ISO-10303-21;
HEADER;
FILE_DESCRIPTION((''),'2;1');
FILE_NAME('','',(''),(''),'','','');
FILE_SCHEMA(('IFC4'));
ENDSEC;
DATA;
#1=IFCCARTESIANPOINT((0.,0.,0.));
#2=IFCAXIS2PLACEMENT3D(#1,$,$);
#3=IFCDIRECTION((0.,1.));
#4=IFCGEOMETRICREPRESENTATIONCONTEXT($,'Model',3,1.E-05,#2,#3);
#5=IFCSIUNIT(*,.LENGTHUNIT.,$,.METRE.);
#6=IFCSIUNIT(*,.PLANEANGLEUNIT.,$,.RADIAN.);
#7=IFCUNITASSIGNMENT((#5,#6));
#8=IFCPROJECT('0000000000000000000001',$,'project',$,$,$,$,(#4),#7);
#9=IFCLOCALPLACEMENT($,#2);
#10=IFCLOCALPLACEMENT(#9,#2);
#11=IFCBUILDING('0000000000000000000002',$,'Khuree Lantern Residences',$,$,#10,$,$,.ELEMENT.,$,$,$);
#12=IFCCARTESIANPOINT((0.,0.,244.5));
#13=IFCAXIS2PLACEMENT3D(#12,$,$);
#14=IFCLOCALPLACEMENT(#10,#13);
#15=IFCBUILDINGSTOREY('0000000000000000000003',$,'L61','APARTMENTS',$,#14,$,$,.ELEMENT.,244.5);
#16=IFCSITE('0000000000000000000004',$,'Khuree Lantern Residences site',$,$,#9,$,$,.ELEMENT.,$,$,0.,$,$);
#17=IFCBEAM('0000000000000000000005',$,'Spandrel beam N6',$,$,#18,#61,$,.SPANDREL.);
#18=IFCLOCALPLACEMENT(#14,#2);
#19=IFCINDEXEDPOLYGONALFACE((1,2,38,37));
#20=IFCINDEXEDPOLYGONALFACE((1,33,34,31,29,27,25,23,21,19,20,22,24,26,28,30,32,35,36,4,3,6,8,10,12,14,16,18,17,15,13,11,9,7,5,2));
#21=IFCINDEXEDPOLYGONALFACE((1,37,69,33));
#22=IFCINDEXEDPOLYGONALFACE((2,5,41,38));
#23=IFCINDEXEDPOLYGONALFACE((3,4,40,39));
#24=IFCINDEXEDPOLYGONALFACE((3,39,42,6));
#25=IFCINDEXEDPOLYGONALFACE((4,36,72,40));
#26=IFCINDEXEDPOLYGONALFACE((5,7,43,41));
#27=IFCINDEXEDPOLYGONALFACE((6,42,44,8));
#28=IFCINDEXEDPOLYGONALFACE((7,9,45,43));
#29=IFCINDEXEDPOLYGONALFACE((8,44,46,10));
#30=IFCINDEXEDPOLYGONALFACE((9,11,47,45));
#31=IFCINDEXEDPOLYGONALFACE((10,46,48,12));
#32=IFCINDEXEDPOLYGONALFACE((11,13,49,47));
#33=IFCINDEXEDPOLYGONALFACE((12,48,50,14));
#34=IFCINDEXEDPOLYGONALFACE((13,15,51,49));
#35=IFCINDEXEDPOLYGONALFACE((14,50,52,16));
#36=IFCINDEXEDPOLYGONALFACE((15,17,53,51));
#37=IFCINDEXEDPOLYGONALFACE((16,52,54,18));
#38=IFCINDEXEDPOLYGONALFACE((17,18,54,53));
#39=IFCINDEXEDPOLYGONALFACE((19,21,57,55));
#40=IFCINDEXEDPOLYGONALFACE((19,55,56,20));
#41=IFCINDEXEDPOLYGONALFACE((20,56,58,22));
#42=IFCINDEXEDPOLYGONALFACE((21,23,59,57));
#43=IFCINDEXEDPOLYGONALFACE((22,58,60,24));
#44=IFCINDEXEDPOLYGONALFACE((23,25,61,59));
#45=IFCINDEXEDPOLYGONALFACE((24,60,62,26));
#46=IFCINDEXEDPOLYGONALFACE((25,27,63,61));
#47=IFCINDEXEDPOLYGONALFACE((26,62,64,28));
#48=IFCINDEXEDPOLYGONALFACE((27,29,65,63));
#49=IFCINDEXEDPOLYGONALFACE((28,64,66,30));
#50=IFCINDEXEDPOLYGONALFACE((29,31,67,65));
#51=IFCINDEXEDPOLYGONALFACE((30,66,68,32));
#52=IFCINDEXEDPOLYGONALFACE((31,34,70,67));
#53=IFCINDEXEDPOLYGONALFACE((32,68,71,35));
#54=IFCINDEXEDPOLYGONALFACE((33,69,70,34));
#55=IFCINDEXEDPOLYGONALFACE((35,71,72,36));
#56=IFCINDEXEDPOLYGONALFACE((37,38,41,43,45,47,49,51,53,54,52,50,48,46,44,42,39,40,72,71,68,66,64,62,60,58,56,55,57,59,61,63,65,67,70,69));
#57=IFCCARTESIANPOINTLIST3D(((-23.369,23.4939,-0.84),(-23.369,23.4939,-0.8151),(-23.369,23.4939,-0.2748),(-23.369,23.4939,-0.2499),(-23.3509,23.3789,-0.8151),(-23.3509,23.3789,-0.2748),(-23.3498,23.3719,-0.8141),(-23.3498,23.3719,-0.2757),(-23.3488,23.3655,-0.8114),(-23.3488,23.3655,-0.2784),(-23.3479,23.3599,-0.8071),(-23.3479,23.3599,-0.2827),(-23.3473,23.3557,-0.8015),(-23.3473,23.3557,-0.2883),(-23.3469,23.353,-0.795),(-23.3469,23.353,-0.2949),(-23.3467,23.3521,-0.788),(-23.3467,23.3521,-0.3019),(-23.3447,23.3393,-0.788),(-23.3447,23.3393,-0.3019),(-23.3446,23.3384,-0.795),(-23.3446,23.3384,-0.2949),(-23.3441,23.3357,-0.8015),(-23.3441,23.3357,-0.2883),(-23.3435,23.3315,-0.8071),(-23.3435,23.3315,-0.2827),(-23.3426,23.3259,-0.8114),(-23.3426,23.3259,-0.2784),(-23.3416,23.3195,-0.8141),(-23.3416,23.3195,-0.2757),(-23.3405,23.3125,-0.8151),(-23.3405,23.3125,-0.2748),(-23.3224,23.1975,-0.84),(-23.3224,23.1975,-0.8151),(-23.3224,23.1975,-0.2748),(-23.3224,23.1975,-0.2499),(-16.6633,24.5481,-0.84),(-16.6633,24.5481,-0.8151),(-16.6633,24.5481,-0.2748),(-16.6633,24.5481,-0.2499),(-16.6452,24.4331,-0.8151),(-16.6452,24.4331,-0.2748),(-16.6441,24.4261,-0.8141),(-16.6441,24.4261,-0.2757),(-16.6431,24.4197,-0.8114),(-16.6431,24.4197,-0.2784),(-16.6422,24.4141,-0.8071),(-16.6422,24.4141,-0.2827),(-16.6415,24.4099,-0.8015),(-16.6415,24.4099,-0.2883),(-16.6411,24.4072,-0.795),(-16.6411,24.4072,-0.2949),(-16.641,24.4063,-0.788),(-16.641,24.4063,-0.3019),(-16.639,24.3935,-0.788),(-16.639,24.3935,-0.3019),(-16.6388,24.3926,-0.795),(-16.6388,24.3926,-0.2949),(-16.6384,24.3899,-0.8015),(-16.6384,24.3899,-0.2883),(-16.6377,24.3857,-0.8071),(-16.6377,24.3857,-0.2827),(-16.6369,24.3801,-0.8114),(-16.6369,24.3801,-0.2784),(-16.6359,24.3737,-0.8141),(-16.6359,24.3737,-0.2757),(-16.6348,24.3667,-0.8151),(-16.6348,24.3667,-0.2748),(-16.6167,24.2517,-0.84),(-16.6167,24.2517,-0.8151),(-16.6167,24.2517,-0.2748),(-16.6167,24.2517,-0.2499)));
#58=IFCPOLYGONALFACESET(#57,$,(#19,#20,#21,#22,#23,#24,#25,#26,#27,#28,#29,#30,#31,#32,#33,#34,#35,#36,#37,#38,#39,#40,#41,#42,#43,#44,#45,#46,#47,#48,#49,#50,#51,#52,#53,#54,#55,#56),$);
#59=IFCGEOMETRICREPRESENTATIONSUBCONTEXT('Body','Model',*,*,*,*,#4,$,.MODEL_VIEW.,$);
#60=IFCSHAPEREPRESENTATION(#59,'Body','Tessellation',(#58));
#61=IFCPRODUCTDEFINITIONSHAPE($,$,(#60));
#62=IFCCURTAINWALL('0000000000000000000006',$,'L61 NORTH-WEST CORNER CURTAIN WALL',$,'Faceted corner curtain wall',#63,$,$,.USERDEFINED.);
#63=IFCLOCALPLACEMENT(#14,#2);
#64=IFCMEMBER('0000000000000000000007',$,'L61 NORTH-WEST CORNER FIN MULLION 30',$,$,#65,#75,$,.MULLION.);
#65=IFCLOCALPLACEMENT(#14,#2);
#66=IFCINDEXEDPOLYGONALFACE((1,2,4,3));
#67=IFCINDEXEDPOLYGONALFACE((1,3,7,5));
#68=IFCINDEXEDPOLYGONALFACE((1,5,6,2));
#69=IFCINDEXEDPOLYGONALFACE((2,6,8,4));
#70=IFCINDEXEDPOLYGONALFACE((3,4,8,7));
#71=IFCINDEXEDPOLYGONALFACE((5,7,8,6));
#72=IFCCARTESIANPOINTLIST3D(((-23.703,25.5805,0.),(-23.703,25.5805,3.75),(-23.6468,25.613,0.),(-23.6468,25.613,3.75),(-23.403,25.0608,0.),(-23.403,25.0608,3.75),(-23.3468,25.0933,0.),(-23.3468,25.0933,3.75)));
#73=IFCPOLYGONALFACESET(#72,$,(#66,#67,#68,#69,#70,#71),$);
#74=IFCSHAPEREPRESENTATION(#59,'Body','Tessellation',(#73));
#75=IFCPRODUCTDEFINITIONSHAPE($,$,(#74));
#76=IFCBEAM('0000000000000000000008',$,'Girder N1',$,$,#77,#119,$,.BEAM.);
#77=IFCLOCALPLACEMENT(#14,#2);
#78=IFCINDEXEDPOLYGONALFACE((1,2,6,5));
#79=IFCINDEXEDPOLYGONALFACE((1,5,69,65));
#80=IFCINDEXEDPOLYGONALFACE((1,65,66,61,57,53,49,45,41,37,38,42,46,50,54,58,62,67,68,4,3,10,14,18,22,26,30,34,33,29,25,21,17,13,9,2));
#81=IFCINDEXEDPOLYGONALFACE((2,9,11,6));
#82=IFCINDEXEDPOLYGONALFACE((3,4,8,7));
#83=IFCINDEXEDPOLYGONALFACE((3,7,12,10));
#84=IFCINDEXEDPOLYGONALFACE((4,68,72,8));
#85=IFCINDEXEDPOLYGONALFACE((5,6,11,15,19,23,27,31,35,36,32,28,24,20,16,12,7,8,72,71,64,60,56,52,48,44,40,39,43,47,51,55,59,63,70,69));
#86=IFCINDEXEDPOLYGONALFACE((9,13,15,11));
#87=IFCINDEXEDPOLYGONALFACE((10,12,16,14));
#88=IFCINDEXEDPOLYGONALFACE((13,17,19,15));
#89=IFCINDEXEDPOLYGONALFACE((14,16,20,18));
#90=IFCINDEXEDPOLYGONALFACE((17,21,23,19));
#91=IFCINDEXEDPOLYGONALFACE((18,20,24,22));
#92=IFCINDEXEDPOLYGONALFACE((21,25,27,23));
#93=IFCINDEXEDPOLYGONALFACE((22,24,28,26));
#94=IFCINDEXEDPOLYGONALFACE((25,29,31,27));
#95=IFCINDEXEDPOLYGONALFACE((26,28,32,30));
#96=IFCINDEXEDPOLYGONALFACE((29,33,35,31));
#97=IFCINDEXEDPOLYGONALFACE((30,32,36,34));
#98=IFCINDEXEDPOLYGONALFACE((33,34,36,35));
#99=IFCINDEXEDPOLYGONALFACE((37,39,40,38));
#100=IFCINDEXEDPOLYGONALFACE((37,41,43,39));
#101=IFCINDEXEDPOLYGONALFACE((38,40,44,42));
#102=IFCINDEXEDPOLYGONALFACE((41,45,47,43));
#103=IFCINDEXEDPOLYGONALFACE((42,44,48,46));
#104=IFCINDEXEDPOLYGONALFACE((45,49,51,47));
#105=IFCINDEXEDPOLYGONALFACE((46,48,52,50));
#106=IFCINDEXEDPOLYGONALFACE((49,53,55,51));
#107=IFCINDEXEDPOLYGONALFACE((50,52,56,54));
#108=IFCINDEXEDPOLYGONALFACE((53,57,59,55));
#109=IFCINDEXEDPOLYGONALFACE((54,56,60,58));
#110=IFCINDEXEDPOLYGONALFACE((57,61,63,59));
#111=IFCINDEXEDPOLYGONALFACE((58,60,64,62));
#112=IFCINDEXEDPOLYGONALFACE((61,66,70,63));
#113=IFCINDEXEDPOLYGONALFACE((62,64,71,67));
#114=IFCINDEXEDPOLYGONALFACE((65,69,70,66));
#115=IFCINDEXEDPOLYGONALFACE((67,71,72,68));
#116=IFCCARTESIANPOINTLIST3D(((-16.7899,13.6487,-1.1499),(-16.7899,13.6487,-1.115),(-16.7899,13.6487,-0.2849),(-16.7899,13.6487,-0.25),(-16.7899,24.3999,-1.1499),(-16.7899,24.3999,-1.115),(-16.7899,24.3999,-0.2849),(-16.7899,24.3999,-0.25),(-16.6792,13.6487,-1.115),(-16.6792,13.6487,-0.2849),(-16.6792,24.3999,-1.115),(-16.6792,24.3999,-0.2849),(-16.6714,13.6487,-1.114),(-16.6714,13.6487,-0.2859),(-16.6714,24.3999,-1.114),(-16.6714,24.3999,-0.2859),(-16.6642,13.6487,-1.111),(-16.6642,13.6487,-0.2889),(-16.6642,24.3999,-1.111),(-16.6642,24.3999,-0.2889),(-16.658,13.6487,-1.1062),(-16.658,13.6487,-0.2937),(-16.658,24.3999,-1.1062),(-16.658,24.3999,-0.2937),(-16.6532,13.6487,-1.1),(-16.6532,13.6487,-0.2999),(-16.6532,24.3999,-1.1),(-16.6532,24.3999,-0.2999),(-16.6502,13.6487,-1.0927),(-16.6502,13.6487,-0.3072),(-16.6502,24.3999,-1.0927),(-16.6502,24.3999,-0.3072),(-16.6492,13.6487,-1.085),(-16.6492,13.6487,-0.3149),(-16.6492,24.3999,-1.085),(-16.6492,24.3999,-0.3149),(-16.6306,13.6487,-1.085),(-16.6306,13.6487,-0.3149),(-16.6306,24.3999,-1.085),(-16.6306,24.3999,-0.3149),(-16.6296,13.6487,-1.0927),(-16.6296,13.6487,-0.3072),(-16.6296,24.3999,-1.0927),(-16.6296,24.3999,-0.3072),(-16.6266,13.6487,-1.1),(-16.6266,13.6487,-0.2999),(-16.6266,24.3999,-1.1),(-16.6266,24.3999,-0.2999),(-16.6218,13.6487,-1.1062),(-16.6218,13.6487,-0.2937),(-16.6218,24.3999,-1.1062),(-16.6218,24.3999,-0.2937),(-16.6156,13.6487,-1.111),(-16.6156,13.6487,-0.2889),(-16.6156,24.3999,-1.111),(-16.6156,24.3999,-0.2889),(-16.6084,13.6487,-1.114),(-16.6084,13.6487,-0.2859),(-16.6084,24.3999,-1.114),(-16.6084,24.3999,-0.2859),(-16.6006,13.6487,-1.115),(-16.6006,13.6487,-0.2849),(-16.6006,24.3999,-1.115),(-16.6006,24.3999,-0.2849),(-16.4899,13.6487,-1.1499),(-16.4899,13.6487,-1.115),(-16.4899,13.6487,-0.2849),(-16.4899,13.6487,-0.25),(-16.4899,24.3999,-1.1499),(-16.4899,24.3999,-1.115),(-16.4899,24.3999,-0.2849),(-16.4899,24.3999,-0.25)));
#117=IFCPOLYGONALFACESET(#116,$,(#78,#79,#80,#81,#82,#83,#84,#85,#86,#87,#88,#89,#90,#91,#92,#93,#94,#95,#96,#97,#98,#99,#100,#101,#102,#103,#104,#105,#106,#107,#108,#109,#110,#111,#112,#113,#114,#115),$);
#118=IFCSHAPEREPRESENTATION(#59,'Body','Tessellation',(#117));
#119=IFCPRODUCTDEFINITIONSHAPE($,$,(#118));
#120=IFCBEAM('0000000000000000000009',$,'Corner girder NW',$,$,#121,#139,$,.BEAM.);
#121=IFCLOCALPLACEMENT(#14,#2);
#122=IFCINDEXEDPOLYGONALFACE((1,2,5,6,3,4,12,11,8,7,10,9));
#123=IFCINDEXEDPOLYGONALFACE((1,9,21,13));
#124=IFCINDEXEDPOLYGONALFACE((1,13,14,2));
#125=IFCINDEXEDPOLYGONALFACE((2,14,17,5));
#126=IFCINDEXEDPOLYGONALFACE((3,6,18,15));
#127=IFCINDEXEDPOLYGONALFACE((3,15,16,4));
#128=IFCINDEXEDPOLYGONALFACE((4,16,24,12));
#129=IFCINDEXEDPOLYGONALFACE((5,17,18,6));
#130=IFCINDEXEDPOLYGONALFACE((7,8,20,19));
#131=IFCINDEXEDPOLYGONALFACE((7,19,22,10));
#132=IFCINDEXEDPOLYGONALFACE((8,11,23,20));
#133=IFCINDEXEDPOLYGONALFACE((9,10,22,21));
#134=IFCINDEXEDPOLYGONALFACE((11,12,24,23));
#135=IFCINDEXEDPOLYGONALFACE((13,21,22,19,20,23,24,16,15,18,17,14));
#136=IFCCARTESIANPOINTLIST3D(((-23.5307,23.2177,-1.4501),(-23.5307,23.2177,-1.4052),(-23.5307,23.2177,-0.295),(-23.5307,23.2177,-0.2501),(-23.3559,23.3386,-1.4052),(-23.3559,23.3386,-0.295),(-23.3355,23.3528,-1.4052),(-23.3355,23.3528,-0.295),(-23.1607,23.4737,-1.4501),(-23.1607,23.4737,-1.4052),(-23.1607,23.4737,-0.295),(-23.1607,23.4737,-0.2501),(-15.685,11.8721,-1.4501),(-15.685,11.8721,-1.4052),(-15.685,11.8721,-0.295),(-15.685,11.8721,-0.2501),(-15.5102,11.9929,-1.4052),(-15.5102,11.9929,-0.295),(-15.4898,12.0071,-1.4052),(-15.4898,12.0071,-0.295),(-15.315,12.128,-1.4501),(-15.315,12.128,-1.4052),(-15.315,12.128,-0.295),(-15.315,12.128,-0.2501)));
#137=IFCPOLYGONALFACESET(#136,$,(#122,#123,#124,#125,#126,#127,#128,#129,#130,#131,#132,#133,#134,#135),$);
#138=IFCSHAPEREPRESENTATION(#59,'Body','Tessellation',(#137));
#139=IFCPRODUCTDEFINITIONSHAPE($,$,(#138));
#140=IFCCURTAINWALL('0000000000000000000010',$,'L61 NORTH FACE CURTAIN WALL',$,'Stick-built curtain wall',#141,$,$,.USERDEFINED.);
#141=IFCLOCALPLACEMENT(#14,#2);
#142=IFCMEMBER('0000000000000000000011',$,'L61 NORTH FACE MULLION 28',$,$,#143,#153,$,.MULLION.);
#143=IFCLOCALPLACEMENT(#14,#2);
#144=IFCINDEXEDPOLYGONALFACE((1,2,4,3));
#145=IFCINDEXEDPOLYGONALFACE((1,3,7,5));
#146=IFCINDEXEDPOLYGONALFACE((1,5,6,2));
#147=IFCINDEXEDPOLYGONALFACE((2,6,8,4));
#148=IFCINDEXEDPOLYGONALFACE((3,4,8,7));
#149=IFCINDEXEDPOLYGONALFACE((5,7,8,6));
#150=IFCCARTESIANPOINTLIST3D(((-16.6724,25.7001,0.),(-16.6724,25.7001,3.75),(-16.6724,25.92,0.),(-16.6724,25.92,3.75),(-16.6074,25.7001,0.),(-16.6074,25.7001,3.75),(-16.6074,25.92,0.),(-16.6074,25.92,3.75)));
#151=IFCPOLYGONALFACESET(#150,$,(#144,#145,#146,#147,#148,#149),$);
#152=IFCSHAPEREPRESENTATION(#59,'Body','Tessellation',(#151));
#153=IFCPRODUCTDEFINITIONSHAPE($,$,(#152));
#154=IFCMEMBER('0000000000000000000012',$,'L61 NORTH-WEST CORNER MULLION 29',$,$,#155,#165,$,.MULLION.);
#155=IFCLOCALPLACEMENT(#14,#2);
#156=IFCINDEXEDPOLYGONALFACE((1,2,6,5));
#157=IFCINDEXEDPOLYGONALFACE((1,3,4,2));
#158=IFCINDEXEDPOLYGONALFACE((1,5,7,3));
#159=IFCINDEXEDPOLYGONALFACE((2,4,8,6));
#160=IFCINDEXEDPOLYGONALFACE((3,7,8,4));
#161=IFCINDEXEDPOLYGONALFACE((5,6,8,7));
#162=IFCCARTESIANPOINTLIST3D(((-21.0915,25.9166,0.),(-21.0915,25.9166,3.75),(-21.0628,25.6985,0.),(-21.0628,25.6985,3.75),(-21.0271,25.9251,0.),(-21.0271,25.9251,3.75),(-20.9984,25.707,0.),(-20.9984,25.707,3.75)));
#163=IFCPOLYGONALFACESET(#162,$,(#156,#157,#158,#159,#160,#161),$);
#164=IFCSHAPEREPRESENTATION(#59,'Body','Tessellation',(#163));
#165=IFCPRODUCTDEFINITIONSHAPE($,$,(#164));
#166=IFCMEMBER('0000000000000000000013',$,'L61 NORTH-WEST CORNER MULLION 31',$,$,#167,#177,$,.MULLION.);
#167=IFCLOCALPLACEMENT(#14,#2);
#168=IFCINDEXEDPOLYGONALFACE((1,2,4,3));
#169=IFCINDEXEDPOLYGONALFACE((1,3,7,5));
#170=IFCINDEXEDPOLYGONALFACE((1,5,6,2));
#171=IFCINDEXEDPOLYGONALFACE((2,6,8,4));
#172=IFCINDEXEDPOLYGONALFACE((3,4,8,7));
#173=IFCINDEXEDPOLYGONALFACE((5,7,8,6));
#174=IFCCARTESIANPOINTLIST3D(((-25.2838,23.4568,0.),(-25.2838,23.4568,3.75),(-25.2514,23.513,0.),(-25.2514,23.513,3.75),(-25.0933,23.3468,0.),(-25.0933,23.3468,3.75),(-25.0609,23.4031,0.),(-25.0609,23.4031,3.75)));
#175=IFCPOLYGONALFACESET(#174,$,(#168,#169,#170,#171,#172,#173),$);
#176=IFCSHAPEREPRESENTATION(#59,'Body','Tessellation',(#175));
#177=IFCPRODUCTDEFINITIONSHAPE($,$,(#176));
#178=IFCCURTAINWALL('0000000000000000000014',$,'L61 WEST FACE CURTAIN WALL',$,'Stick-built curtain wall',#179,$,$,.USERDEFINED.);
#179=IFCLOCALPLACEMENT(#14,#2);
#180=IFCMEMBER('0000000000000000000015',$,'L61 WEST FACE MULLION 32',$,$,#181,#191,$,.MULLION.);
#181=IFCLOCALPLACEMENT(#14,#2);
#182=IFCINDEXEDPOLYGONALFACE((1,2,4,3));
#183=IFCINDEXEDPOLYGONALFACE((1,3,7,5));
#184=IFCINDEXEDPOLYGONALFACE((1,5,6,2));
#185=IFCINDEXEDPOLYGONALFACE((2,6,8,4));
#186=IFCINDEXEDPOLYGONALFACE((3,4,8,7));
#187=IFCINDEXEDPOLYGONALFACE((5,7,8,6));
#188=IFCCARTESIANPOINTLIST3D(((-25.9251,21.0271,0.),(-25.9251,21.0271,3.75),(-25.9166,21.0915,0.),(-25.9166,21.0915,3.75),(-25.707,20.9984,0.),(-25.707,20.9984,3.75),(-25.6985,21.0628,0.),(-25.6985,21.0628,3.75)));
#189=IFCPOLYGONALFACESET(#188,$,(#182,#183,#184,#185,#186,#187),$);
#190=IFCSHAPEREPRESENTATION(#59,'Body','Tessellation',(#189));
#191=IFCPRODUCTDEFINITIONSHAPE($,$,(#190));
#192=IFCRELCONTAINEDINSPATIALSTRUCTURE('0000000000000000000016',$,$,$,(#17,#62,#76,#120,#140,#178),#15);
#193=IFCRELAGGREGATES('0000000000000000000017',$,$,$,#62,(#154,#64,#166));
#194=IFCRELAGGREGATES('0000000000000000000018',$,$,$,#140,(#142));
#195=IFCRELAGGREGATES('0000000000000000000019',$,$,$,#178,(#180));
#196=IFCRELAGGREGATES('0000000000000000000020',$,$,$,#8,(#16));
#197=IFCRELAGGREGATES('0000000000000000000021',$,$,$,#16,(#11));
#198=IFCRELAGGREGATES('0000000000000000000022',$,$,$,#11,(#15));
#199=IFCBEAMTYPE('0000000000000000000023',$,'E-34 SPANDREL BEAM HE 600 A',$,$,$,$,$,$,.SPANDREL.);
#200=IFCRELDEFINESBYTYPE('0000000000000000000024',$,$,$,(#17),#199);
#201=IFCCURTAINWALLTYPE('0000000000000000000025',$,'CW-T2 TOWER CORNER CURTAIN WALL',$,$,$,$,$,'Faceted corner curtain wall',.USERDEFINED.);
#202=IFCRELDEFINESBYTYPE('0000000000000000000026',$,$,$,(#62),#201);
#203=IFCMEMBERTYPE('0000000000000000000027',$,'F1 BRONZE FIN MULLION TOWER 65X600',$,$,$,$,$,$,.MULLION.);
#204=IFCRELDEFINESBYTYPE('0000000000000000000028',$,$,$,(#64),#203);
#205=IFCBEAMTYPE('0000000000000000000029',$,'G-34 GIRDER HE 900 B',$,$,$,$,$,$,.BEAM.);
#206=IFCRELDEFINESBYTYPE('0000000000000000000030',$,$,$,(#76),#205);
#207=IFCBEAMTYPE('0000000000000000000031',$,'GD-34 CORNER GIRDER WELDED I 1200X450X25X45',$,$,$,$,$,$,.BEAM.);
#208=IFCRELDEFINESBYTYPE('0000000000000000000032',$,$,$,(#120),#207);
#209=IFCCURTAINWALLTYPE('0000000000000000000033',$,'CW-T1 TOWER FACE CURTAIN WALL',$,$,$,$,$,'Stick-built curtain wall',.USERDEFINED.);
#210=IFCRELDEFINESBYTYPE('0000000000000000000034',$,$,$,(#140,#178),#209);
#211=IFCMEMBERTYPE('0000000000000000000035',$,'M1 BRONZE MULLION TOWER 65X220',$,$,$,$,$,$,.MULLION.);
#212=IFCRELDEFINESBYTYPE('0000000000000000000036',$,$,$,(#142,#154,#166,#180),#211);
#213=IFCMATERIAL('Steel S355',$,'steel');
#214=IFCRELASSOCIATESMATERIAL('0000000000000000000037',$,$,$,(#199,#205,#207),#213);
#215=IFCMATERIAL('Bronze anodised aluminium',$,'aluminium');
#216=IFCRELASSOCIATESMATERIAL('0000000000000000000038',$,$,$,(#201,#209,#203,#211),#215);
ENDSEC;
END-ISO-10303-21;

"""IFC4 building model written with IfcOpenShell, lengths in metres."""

from ifc_helpers import new_model, si_unit, direction, frame, origin, origin_2d, place, context, subcontext, project, spatial, rectangle, i_section, extrude, material, material_profile, profile_set, type_object, element, aggregate, save


model = new_model("IFC4")

# Units and contexts
model_context = context("Model", 3, precision=1e-05, world=origin(), true_north=direction((0.0, 1.0)))
body_context = subcontext(model_context, "Body", "Model", "MODEL_VIEW")
ifc_project = project(units=[si_unit("LENGTHUNIT", "METRE"), si_unit("PLANEANGLEUNIT", "RADIAN")], contexts=[model_context])

# Site, building, storey
site_placement = place(None, origin())
site = spatial("IfcSite", under=ifc_project, at=site_placement, Name="Khuree Lantern Residences site", CompositionType="ELEMENT", RefElevation=0.0)
building_placement = place(site_placement, origin())
building = spatial("IfcBuilding", under=site, at=building_placement, Name="Khuree Lantern Residences", CompositionType="ELEMENT")
storey_placement = place(building_placement, frame((0.0, 0.0, 244.5)))
storey = spatial("IfcBuildingStorey", under=building, at=storey_placement, Name="L61", Description="APARTMENTS", CompositionType="ELEMENT", Elevation=244.5)

# Beam
ifc_material_1 = material(Name="Steel S355", Category="steel")
ifc_material_profile_1 = material_profile(ifc_material_1, i_section(OverallWidth=0.3, OverallDepth=0.5901, WebThickness=0.0129, FlangeThickness=0.0249, FilletRadius=0.0271, at=origin_2d()), Name="HE 600 A")
ifc_profile_set_1 = profile_set([ifc_material_profile_1], Name="Steel S355")
beam_type_1 = type_object("IfcBeamType", Name="E-34 SPANDREL BEAM HE 600 A", PredefinedType="SPANDREL", material=ifc_profile_set_1)
beam_1_placement = place(storey_placement, frame((-23.3457, 23.3457, -0.5449), z_axis=(0.987867, 0.1553, 0.0), x_axis=(-0.1553, 0.987867, 0.0)))
element("IfcBeam", 1, at=beam_1_placement, inside=storey, type_object=beam_type_1, Name="Spandrel beam N6", PredefinedType="SPANDREL", context=body_context, shape_type="SweptSolid", body=[
    extrude(i_section(OverallWidth=0.3, OverallDepth=0.5901, WebThickness=0.0129, FlangeThickness=0.0249, FilletRadius=0.0271, at=origin_2d()), origin(), (0.0, 0.0, 1.0), 6.7881),
])

# Curtain wall, member
ifc_material_2 = material(Name="Bronze anodised aluminium", Category="aluminium")
curtain_wall_type_1 = type_object("IfcCurtainWallType", Name="CW-T2 TOWER CORNER CURTAIN WALL", ElementType="Faceted corner curtain wall", PredefinedType="USERDEFINED", material=ifc_material_2)
curtain_wall_1_placement = place(storey_placement, origin())
curtain_wall_1 = element("IfcCurtainWall", 2, at=curtain_wall_1_placement, inside=storey, type_object=curtain_wall_type_1, Name="L61 NORTH-WEST CORNER CURTAIN WALL", ObjectType="Faceted corner curtain wall", PredefinedType="USERDEFINED")
ifc_material_profile_2 = material_profile(ifc_material_2, rectangle(XDim=0.0649, YDim=0.6001, at=origin_2d()), Name="F1 65X600")
ifc_profile_set_2 = profile_set([ifc_material_profile_2], Name="Bronze anodised aluminium")
member_type_1 = type_object("IfcMemberType", Name="F1 BRONZE FIN MULLION TOWER 65X600", PredefinedType="MULLION", material=ifc_profile_set_2)
member_1_placement = place(storey_placement, frame((-23.5249, 25.3369, 0.0), z_axis=(0.0, 0.0, 1.0), x_axis=(-0.866025, -0.5, 0.0)))
member_1 = element("IfcMember", 3, at=member_1_placement, type_object=member_type_1, Name="L61 NORTH-WEST CORNER FIN MULLION 30", PredefinedType="MULLION", context=body_context, shape_type="SweptSolid", body=[
    extrude(rectangle(XDim=0.0649, YDim=0.6001, at=origin_2d()), origin(), (0.0, 0.0, 1.0), 3.75),
])

# Beams
ifc_material_profile_3 = material_profile(ifc_material_1, i_section(OverallWidth=0.3, OverallDepth=0.8999, WebThickness=0.0186, FlangeThickness=0.0349, FilletRadius=0.03, at=origin_2d()), Name="HE 900 B")
ifc_profile_set_3 = profile_set([ifc_material_profile_3], Name="Steel S355")
beam_type_2 = type_object("IfcBeamType", Name="G-34 GIRDER HE 900 B", PredefinedType="BEAM", material=ifc_profile_set_3)
beam_2_placement = place(storey_placement, frame((-16.6399, 24.3999, -0.7), z_axis=(0.0, -1.0, 0.0), x_axis=(1.0, 0.0, 0.0)))
element("IfcBeam", 4, at=beam_2_placement, inside=storey, type_object=beam_type_2, Name="Girder N1", PredefinedType="BEAM", context=body_context, shape_type="SweptSolid", body=[
    extrude(i_section(OverallWidth=0.3, OverallDepth=0.8999, WebThickness=0.0186, FlangeThickness=0.0349, FilletRadius=0.03, at=origin_2d()), origin(), (0.0, 0.0, 1.0), 10.7512),
])
ifc_material_profile_4 = material_profile(ifc_material_1, i_section(OverallWidth=0.45, OverallDepth=1.2, WebThickness=0.0249, FlangeThickness=0.0449, at=origin_2d()), Name="WELDED I 1200X450X25X45")
ifc_profile_set_4 = profile_set([ifc_material_profile_4], Name="Steel S355")
beam_type_3 = type_object("IfcBeamType", Name="GD-34 CORNER GIRDER WELDED I 1200X450X25X45", PredefinedType="BEAM", material=ifc_profile_set_4)
beam_3_placement = place(storey_placement, frame((-23.3457, 23.3457, -0.8501), z_axis=(0.568768, -0.822498, 0.0), x_axis=(0.822498, 0.568768, 0.0)))
element("IfcBeam", 5, at=beam_3_placement, inside=storey, type_object=beam_type_3, Name="Corner girder NW", PredefinedType="BEAM", context=body_context, shape_type="SweptSolid", body=[
    extrude(i_section(OverallWidth=0.45, OverallDepth=1.2, WebThickness=0.0249, FlangeThickness=0.0449, at=origin_2d()), origin(), (0.0, 0.0, 1.0), 13.7942),
])

# Curtain wall, member
curtain_wall_type_2 = type_object("IfcCurtainWallType", Name="CW-T1 TOWER FACE CURTAIN WALL", ElementType="Stick-built curtain wall", PredefinedType="USERDEFINED", material=ifc_material_2)
curtain_wall_2_placement = place(storey_placement, origin())
curtain_wall_2 = element("IfcCurtainWall", 6, at=curtain_wall_2_placement, inside=storey, type_object=curtain_wall_type_2, Name="L61 NORTH FACE CURTAIN WALL", ObjectType="Stick-built curtain wall", PredefinedType="USERDEFINED")
ifc_material_profile_5 = material_profile(ifc_material_2, rectangle(XDim=0.0649, YDim=0.22, at=origin_2d()), Name="M1 65X220")
ifc_profile_set_5 = profile_set([ifc_material_profile_5], Name="Bronze anodised aluminium")
member_type_2 = type_object("IfcMemberType", Name="M1 BRONZE MULLION TOWER 65X220", PredefinedType="MULLION", material=ifc_profile_set_5)
member_2_placement = place(storey_placement, frame((-16.6399, 25.8101, 0.0), z_axis=(0.0, 0.0, 1.0), x_axis=(-1.0, 0.0, 0.0)))
member_2 = element("IfcMember", 7, at=member_2_placement, type_object=member_type_2, Name="L61 NORTH FACE MULLION 28", PredefinedType="MULLION", context=body_context, shape_type="SweptSolid", body=[
    extrude(rectangle(XDim=0.0649, YDim=0.22, at=origin_2d()), origin(), (0.0, 0.0, 1.0), 3.75),
])

# Members
member_3_placement = place(storey_placement, frame((-21.0449, 25.8118, 0.0), z_axis=(0.0, 0.0, 1.0), x_axis=(-0.991445, -0.130526, 0.0)))
member_3 = element("IfcMember", 8, at=member_3_placement, type_object=member_type_2, Name="L61 NORTH-WEST CORNER MULLION 29", PredefinedType="MULLION", context=body_context, shape_type="SweptSolid", body=[
    extrude(rectangle(XDim=0.0649, YDim=0.22, at=origin_2d()), origin(), (0.0, 0.0, 1.0), 3.75),
])
member_4_placement = place(storey_placement, frame((-25.1724, 23.4299, 0.0), z_axis=(0.0, 0.0, 1.0), x_axis=(-0.5, -0.866025, 0.0)))
member_4 = element("IfcMember", 9, at=member_4_placement, type_object=member_type_2, Name="L61 NORTH-WEST CORNER MULLION 31", PredefinedType="MULLION", context=body_context, shape_type="SweptSolid", body=[
    extrude(rectangle(XDim=0.0649, YDim=0.22, at=origin_2d()), origin(), (0.0, 0.0, 1.0), 3.75),
])

# Curtain wall, member
curtain_wall_3_placement = place(storey_placement, origin())
curtain_wall_3 = element("IfcCurtainWall", 10, at=curtain_wall_3_placement, inside=storey, type_object=curtain_wall_type_2, Name="L61 WEST FACE CURTAIN WALL", ObjectType="Stick-built curtain wall", PredefinedType="USERDEFINED")
member_5_placement = place(storey_placement, frame((-25.8118, 21.0449, 0.0), z_axis=(0.0, 0.0, 1.0), x_axis=(-0.130526, -0.991445, 0.0)))
member_5 = element("IfcMember", 11, at=member_5_placement, type_object=member_type_2, Name="L61 WEST FACE MULLION 32", PredefinedType="MULLION", context=body_context, shape_type="SweptSolid", body=[
    extrude(rectangle(XDim=0.0649, YDim=0.22, at=origin_2d()), origin(), (0.0, 0.0, 1.0), 3.75),
])

aggregate(curtain_wall_1, [member_3, member_1, member_4])
aggregate(curtain_wall_2, [member_2])
aggregate(curtain_wall_3, [member_5])

save(model, "model.ifc")
